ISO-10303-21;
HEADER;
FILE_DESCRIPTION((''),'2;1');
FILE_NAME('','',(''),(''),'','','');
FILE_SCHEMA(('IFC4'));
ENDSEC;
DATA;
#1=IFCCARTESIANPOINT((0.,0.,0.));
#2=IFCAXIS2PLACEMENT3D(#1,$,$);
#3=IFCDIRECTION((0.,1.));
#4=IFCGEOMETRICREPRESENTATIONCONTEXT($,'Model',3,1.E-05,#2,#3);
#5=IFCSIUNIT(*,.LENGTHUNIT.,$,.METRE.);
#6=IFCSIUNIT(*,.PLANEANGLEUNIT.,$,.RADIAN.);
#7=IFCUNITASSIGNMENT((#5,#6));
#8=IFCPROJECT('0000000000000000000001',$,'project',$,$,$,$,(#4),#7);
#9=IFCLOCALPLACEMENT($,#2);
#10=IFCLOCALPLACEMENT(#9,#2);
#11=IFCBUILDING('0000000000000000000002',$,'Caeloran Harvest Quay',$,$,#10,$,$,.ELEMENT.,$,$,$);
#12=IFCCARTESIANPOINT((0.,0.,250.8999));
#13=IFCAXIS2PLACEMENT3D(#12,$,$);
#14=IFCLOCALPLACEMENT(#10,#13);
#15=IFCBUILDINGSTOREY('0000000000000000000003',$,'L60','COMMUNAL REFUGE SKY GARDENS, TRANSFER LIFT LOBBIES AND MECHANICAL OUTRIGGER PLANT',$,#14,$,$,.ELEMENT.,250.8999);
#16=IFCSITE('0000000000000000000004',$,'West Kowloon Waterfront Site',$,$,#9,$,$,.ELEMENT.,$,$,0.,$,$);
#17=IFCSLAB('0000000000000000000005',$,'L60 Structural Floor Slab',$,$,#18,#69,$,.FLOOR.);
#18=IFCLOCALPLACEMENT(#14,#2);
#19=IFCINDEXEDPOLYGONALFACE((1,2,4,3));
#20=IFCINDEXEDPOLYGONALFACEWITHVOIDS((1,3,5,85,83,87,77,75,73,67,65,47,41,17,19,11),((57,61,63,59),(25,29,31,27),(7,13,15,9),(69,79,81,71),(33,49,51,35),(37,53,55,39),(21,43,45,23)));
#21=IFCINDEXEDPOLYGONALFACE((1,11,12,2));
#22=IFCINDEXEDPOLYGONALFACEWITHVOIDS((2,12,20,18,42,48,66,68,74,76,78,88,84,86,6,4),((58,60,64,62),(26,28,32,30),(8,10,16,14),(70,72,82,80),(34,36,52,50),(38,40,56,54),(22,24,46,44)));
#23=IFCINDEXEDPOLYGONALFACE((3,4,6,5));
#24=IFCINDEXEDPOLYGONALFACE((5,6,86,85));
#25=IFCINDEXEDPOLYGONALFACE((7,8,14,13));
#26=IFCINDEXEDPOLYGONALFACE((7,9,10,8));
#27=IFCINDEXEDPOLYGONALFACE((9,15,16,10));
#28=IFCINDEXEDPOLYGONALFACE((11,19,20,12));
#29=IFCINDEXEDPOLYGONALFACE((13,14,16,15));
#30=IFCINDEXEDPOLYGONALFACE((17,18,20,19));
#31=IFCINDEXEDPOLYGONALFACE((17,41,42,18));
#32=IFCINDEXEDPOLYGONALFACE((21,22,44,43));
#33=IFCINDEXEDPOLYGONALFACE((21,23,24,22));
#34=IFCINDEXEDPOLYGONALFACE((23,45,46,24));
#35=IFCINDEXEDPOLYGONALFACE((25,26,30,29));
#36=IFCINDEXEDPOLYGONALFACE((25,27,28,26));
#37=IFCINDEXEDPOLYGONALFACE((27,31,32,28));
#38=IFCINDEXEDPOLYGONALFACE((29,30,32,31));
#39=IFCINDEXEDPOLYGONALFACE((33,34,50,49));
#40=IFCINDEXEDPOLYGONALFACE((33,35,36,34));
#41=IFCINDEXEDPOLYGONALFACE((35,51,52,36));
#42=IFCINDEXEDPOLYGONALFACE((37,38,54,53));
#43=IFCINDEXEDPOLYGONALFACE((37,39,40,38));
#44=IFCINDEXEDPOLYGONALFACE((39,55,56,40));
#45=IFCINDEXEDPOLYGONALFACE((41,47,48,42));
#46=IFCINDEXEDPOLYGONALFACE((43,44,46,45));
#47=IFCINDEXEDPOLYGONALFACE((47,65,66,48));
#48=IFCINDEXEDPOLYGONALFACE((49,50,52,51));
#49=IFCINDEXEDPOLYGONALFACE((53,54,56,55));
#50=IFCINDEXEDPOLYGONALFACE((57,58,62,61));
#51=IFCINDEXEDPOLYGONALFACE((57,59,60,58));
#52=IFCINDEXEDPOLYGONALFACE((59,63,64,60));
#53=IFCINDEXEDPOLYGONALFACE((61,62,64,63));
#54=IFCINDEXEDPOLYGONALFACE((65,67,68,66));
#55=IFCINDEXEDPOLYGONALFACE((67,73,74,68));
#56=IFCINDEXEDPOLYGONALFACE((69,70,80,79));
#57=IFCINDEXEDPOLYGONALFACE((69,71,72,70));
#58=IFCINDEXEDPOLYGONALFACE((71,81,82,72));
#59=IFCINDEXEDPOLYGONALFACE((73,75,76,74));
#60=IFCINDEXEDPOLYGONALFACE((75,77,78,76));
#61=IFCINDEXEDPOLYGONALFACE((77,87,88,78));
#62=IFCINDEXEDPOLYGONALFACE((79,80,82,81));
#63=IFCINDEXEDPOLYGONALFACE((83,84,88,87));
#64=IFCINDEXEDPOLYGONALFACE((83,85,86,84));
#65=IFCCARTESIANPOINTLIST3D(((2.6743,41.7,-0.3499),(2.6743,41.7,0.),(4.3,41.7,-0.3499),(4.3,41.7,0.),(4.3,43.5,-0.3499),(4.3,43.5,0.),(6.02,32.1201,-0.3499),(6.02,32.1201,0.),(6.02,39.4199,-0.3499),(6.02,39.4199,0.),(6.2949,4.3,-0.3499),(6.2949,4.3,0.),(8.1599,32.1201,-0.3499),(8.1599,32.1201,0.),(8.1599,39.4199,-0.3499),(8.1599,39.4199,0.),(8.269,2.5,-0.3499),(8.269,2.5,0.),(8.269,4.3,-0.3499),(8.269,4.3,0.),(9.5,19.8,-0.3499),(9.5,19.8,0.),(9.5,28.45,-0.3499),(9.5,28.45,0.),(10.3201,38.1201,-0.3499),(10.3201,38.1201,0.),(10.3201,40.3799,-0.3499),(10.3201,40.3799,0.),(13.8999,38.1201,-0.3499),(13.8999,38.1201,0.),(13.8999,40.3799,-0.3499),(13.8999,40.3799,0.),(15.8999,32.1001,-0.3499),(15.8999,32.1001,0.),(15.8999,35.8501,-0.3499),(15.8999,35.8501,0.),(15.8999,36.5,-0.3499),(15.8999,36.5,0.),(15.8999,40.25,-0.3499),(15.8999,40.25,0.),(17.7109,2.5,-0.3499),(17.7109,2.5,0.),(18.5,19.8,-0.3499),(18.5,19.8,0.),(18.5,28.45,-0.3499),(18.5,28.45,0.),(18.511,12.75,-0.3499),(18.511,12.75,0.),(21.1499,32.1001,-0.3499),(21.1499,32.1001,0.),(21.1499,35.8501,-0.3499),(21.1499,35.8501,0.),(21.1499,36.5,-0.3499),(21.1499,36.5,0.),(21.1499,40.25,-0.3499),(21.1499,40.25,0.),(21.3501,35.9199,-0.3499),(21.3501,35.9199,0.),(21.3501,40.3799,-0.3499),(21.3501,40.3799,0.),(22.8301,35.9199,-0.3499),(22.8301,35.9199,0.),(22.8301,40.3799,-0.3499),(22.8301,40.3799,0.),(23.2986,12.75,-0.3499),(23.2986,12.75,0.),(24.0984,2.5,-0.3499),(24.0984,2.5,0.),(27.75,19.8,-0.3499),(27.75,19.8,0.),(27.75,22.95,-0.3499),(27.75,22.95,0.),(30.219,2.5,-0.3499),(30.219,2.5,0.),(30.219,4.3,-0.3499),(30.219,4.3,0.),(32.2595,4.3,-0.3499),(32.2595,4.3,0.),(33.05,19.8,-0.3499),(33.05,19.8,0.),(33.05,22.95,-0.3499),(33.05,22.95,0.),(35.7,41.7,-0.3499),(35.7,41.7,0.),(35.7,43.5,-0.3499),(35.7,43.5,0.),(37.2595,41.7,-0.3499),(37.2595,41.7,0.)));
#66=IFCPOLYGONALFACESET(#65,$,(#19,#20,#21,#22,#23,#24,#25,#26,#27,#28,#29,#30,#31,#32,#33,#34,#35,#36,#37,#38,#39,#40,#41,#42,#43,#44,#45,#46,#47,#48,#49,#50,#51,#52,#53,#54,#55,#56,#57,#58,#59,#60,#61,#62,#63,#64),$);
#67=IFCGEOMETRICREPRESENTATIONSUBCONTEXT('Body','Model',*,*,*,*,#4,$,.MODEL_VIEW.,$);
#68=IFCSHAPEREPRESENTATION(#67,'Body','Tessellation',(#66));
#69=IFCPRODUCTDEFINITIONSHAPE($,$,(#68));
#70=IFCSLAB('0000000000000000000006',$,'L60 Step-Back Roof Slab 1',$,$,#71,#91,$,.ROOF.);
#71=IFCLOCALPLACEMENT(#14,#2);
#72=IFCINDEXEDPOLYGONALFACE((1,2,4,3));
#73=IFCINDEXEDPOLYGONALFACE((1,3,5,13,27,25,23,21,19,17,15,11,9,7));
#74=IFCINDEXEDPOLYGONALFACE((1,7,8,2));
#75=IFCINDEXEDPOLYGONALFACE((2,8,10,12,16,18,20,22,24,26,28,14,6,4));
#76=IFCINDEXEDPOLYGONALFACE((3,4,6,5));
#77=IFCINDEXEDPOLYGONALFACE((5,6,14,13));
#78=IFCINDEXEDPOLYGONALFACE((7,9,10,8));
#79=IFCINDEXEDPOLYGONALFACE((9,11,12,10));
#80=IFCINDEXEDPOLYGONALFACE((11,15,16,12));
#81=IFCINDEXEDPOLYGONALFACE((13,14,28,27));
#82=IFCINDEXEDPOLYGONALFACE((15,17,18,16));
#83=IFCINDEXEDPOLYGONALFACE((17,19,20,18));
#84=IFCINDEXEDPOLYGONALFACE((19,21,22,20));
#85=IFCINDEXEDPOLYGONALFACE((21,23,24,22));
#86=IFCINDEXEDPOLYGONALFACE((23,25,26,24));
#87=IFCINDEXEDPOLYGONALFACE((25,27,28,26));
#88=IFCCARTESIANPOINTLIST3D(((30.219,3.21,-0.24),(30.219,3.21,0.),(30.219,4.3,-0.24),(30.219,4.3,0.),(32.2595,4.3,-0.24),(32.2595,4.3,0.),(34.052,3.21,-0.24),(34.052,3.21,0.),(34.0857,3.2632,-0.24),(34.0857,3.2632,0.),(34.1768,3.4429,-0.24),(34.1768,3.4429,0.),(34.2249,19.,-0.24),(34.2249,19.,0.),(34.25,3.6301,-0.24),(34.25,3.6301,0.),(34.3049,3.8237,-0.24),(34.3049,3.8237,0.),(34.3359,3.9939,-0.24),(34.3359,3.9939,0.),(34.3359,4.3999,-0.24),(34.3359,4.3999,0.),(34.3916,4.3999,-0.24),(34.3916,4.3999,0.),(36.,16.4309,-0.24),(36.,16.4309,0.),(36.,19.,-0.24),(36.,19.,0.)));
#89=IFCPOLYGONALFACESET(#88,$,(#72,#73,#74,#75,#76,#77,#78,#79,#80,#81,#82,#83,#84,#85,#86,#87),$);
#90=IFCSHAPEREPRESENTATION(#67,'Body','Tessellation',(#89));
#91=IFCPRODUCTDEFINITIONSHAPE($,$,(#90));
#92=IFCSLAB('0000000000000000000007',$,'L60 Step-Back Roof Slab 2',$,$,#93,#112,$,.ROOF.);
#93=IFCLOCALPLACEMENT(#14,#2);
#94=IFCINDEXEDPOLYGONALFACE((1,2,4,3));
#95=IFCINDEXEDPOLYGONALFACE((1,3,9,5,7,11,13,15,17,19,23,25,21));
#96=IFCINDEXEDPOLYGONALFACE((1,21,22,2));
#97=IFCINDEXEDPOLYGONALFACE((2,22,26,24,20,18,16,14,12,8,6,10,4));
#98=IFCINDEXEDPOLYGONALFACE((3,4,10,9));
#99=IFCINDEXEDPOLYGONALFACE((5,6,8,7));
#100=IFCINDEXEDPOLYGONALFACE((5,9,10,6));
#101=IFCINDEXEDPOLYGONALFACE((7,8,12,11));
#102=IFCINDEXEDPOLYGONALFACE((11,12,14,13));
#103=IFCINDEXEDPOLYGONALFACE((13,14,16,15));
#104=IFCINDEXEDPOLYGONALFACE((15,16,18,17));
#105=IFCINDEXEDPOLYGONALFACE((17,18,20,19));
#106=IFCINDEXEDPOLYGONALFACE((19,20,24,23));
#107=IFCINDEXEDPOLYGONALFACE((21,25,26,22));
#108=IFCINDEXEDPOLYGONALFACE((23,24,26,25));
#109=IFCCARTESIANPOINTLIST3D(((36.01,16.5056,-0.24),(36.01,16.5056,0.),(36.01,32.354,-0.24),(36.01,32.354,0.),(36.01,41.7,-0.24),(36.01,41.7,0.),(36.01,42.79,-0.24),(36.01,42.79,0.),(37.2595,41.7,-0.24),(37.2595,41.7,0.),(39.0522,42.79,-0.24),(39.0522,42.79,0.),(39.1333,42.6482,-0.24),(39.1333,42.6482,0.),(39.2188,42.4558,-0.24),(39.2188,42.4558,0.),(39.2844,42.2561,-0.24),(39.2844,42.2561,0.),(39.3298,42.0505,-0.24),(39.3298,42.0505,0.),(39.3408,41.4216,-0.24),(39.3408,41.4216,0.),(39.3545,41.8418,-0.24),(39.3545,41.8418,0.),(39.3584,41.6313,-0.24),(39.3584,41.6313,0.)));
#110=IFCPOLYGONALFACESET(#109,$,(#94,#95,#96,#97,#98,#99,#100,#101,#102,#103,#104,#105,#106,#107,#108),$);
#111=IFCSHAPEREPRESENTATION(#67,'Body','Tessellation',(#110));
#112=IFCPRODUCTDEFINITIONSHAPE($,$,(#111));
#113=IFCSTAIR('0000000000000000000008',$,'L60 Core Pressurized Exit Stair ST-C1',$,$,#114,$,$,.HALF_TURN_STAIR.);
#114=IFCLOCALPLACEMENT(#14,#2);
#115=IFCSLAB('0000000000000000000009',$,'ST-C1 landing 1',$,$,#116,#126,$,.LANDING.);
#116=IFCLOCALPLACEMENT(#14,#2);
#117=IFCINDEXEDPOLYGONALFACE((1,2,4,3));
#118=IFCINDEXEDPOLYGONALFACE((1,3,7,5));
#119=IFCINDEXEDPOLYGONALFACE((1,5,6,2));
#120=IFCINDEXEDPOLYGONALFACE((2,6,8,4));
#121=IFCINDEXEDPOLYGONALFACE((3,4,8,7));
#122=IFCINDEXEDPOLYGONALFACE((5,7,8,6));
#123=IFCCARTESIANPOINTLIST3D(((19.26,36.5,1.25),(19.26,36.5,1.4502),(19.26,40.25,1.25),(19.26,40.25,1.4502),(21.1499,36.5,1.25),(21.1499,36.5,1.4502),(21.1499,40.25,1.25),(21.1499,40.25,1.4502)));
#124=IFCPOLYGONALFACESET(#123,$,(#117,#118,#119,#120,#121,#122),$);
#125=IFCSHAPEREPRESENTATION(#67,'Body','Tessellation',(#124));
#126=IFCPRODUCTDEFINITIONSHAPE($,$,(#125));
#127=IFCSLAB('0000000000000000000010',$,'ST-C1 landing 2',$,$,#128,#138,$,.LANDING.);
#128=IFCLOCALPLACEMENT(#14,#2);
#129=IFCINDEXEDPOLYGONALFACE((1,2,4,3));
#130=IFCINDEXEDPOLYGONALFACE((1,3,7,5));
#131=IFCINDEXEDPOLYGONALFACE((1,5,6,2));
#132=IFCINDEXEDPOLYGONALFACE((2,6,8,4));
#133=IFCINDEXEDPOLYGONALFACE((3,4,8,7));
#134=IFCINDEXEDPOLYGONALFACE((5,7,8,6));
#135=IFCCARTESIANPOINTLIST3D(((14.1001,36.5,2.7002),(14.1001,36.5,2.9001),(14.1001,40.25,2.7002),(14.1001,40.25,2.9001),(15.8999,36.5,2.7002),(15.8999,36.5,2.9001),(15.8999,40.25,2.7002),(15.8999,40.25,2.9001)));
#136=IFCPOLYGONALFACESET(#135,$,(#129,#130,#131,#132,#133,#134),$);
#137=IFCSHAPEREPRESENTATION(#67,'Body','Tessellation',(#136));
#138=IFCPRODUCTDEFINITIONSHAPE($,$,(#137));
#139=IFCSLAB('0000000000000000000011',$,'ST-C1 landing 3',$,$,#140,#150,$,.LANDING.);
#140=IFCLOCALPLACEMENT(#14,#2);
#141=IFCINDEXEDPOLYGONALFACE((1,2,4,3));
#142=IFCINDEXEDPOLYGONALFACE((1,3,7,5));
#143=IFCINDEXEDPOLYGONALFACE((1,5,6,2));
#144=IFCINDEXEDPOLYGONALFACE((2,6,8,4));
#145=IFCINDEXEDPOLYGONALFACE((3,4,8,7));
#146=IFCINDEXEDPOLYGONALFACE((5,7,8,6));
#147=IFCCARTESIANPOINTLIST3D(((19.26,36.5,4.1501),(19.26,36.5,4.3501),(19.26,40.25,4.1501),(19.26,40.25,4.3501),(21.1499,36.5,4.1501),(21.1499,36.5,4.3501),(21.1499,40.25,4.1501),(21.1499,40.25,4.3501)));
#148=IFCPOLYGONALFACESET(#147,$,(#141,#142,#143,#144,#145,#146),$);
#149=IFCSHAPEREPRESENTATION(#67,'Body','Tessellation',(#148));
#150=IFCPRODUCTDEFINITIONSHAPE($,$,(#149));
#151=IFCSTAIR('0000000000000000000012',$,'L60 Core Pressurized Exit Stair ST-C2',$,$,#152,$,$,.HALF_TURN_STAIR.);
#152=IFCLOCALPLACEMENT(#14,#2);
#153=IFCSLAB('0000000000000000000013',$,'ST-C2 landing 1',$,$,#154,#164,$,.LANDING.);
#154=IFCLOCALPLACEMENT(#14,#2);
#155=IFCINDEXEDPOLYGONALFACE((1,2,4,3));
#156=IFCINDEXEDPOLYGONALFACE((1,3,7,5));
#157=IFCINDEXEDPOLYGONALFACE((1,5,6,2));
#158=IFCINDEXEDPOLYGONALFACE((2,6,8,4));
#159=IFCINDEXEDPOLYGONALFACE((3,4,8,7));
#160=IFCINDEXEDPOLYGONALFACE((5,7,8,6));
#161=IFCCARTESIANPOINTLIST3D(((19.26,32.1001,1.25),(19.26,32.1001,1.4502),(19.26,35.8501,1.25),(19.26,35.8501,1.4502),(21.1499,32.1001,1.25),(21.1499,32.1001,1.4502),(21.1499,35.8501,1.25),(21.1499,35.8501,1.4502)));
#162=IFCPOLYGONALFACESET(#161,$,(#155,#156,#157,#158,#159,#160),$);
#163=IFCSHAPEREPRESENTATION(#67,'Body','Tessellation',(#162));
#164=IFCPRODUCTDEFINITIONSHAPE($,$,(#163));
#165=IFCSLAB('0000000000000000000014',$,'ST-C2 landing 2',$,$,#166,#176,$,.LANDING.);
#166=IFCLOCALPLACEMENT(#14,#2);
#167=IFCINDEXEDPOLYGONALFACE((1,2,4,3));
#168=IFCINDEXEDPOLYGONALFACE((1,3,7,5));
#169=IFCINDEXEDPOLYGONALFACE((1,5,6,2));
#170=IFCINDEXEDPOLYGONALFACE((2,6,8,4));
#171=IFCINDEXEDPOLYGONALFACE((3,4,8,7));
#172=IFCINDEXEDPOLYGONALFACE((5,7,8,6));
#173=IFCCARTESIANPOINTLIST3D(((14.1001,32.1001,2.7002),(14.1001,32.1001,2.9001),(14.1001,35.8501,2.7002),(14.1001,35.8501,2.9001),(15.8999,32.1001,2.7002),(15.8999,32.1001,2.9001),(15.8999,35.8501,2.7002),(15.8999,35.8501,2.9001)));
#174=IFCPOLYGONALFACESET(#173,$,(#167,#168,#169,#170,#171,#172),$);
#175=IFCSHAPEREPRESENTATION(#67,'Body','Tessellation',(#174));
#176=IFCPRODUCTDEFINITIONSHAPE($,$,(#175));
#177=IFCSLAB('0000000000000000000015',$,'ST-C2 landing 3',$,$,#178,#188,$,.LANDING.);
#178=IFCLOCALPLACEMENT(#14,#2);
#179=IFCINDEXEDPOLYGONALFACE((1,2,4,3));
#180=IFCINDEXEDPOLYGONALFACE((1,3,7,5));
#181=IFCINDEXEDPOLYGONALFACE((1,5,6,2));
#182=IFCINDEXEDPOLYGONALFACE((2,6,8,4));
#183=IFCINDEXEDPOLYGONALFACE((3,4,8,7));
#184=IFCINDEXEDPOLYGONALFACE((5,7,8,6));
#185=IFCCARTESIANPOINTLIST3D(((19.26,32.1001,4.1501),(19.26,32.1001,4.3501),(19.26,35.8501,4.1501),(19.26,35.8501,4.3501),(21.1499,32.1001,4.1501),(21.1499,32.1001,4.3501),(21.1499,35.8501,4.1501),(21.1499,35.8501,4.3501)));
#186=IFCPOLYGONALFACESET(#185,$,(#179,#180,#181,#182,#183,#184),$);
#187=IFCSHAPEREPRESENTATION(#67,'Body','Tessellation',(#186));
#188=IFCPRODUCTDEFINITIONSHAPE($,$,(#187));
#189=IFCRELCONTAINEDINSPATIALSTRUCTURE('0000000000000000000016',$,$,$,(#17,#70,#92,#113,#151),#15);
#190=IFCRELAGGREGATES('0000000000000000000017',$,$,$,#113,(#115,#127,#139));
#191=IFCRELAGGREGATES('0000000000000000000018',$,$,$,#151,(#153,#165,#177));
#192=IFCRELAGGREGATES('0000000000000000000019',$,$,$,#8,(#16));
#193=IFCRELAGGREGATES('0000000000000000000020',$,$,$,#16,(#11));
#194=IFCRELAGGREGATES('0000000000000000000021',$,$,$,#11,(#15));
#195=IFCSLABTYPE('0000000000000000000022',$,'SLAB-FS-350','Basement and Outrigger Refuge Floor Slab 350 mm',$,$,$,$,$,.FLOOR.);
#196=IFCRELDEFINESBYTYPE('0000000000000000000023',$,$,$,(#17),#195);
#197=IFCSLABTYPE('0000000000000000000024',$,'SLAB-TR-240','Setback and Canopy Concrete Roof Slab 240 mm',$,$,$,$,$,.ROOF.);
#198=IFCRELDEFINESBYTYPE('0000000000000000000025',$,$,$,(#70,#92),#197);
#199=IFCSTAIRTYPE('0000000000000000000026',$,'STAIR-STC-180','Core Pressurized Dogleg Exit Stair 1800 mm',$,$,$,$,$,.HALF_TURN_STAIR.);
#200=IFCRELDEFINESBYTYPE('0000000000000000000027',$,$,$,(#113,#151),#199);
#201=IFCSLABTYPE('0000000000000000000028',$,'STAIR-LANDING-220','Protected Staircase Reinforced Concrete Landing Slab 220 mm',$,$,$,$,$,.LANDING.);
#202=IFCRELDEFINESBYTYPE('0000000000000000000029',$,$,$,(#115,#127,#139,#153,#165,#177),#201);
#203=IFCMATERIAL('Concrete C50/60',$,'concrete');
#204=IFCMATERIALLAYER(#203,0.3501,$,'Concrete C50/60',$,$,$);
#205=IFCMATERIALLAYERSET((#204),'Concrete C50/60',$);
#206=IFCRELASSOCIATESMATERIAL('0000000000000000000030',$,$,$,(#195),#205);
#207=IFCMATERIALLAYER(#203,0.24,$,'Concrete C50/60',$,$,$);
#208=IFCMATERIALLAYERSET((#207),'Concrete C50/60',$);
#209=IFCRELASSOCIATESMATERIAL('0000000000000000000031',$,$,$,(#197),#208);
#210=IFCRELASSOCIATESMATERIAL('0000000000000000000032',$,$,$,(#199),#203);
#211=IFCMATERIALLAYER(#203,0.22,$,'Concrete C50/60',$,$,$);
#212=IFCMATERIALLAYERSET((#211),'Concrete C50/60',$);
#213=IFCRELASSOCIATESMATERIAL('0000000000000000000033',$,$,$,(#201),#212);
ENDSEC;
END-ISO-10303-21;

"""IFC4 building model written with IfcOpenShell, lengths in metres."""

from ifc_helpers import new_model, si_unit, direction, frame, origin, place, context, subcontext, project, spatial, polyline, outline, extrude, material, layer, layer_set, type_object, element, aggregate, save


model = new_model("IFC4")

# Units and contexts
model_context = context("Model", 3, precision=1e-05, world=origin(), true_north=direction((0.0, 1.0)))
body_context = subcontext(model_context, "Body", "Model", "MODEL_VIEW")
ifc_project = project(units=[si_unit("LENGTHUNIT", "METRE"), si_unit("PLANEANGLEUNIT", "RADIAN")], contexts=[model_context])

# Site, building, storey
site_placement = place(None, origin())
site = spatial("IfcSite", under=ifc_project, at=site_placement, Name="West Kowloon Waterfront Site", CompositionType="ELEMENT", RefElevation=0.0)
building_placement = place(site_placement, origin())
building = spatial("IfcBuilding", under=site, at=building_placement, Name="Caeloran Harvest Quay", CompositionType="ELEMENT")
storey_placement = place(building_placement, frame((0.0, 0.0, 250.8999)))
storey = spatial("IfcBuildingStorey", under=building, at=storey_placement, Name="L60", Description="COMMUNAL REFUGE SKY GARDENS, TRANSFER LIFT LOBBIES AND MECHANICAL OUTRIGGER PLANT", CompositionType="ELEMENT", Elevation=250.8999)

# Slabs
ifc_material_1 = material(Name="Concrete C50/60", Category="concrete")
ifc_layer_1 = layer(ifc_material_1, 0.3501, Name="Concrete C50/60")
ifc_layer_set_1 = layer_set([ifc_layer_1], Name="Concrete C50/60")
slab_type_1 = type_object("IfcSlabType", Name="SLAB-FS-350", Description="Basement and Outrigger Refuge Floor Slab 350 mm", PredefinedType="FLOOR", material=ifc_layer_set_1)
slab_1_placement = place(storey_placement, frame((0.0, 0.0, -0.3499)))
element("IfcSlab", 1, at=slab_1_placement, inside=storey, type_object=slab_type_1, Name="L60 Structural Floor Slab", PredefinedType="FLOOR", context=body_context, shape_type="SweptSolid", body=[
    extrude(outline(polyline([(8.269, 2.5), (17.7109, 2.5), (18.511, 12.75), (23.2986, 12.75), (24.0984, 2.5), (30.219, 2.5), (30.219, 4.3), (32.2595, 4.3), (37.2595, 41.7), (35.7, 41.7), (35.7, 43.5), (4.3, 43.5), (4.3, 41.7), (2.6743, 41.7), (6.2949, 4.3), (8.269, 4.3), (8.269, 2.5)]), holes=[polyline([(33.05, 19.8), (27.75, 19.8), (27.75, 22.95), (33.05, 22.95), (33.05, 19.8)]), polyline([(18.5, 19.8), (9.5, 19.8), (9.5, 28.45), (18.5, 28.45), (18.5, 19.8)]), polyline([(15.8999, 32.1001), (15.8999, 35.8501), (21.1499, 35.8501), (21.1499, 32.1001), (15.8999, 32.1001)]), polyline([(8.1599, 32.1201), (6.02, 32.1201), (6.02, 39.4199), (8.1599, 39.4199), (8.1599, 32.1201)]), polyline([(22.8301, 35.9199), (21.3501, 35.9199), (21.3501, 40.3799), (22.8301, 40.3799), (22.8301, 35.9199)]), polyline([(15.8999, 36.5), (15.8999, 40.25), (21.1499, 40.25), (21.1499, 36.5), (15.8999, 36.5)]), polyline([(13.8999, 38.1201), (10.3201, 38.1201), (10.3201, 40.3799), (13.8999, 40.3799), (13.8999, 38.1201)])]), origin(), (0.0, 0.0, 1.0), 0.3499),
])
ifc_layer_2 = layer(ifc_material_1, 0.24, Name="Concrete C50/60")
ifc_layer_set_2 = layer_set([ifc_layer_2], Name="Concrete C50/60")
slab_type_2 = type_object("IfcSlabType", Name="SLAB-TR-240", Description="Setback and Canopy Concrete Roof Slab 240 mm", PredefinedType="ROOF", material=ifc_layer_set_2)
slab_2_placement = place(storey_placement, frame((0.0, 0.0, -0.24)))
element("IfcSlab", 2, at=slab_2_placement, inside=storey, type_object=slab_type_2, Name="L60 Step-Back Roof Slab 1", PredefinedType="ROOF", context=body_context, shape_type="SweptSolid", body=[
    extrude(outline(polyline([(34.3916, 4.3999), (34.3359, 4.3999), (34.3359, 3.9939), (34.3049, 3.8237), (34.25, 3.6301), (34.1768, 3.4429), (34.0857, 3.2632), (34.052, 3.21), (30.219, 3.21), (30.219, 4.3), (32.2595, 4.3), (34.2249, 19.0), (36.0, 19.0), (36.0, 16.4309), (34.3916, 4.3999)])), origin(), (0.0, 0.0, 1.0), 0.24),
])
slab_3_placement = place(storey_placement, frame((0.0, 0.0, -0.24)))
element("IfcSlab", 3, at=slab_3_placement, inside=storey, type_object=slab_type_2, Name="L60 Step-Back Roof Slab 2", PredefinedType="ROOF", context=body_context, shape_type="SweptSolid", body=[
    extrude(outline(polyline([(39.3298, 42.0505), (39.3545, 41.8418), (39.3584, 41.6313), (39.3408, 41.4216), (36.01, 16.5056), (36.01, 32.354), (37.2595, 41.7), (36.01, 41.7), (36.01, 42.79), (39.0522, 42.79), (39.1333, 42.6482), (39.2188, 42.4558), (39.2844, 42.2561), (39.3298, 42.0505)])), origin(), (0.0, 0.0, 1.0), 0.24),
])

# Stairs, slabs
stair_type = type_object("IfcStairType", Name="STAIR-STC-180", Description="Core Pressurized Dogleg Exit Stair 1800 mm", PredefinedType="HALF_TURN_STAIR", material=ifc_material_1)
stair_1_placement = place(storey_placement, origin())
stair_1 = element("IfcStair", 4, at=stair_1_placement, inside=storey, type_object=stair_type, Name="L60 Core Pressurized Exit Stair ST-C1", PredefinedType="HALF_TURN_STAIR")
ifc_layer_3 = layer(ifc_material_1, 0.22, Name="Concrete C50/60")
ifc_layer_set_3 = layer_set([ifc_layer_3], Name="Concrete C50/60")
slab_type_3 = type_object("IfcSlabType", Name="STAIR-LANDING-220", Description="Protected Staircase Reinforced Concrete Landing Slab 220 mm", PredefinedType="LANDING", material=ifc_layer_set_3)
slab_4_placement = place(storey_placement, frame((0.0, 0.0, 1.25)))
slab_4 = element("IfcSlab", 5, at=slab_4_placement, type_object=slab_type_3, Name="ST-C1 landing 1", PredefinedType="LANDING", context=body_context, shape_type="SweptSolid", body=[
    extrude(outline(polyline([(19.26, 36.5), (21.1499, 36.5), (21.1499, 40.25), (19.26, 40.25), (19.26, 36.5)])), origin(), (0.0, 0.0, 1.0), 0.2002),
])
slab_5_placement = place(storey_placement, frame((0.0, 0.0, 2.7002)))
slab_5 = element("IfcSlab", 6, at=slab_5_placement, type_object=slab_type_3, Name="ST-C1 landing 2", PredefinedType="LANDING", context=body_context, shape_type="SweptSolid", body=[
    extrude(outline(polyline([(14.1001, 36.5), (15.8999, 36.5), (15.8999, 40.25), (14.1001, 40.25), (14.1001, 36.5)])), origin(), (0.0, 0.0, 1.0), 0.2),
])
slab_6_placement = place(storey_placement, frame((0.0, 0.0, 4.1501)))
slab_6 = element("IfcSlab", 7, at=slab_6_placement, type_object=slab_type_3, Name="ST-C1 landing 3", PredefinedType="LANDING", context=body_context, shape_type="SweptSolid", body=[
    extrude(outline(polyline([(19.26, 36.5), (21.1499, 36.5), (21.1499, 40.25), (19.26, 40.25), (19.26, 36.5)])), origin(), (0.0, 0.0, 1.0), 0.2),
])
aggregate(stair_1, [slab_4, slab_5, slab_6])
stair_2_placement = place(storey_placement, origin())
stair_2 = element("IfcStair", 8, at=stair_2_placement, inside=storey, type_object=stair_type, Name="L60 Core Pressurized Exit Stair ST-C2", PredefinedType="HALF_TURN_STAIR")
slab_7_placement = place(storey_placement, frame((0.0, 0.0, 1.25)))
slab_7 = element("IfcSlab", 9, at=slab_7_placement, type_object=slab_type_3, Name="ST-C2 landing 1", PredefinedType="LANDING", context=body_context, shape_type="SweptSolid", body=[
    extrude(outline(polyline([(19.26, 32.1001), (21.1499, 32.1001), (21.1499, 35.8501), (19.26, 35.8501), (19.26, 32.1001)])), origin(), (0.0, 0.0, 1.0), 0.2002),
])
slab_8_placement = place(storey_placement, frame((0.0, 0.0, 2.7002)))
slab_8 = element("IfcSlab", 10, at=slab_8_placement, type_object=slab_type_3, Name="ST-C2 landing 2", PredefinedType="LANDING", context=body_context, shape_type="SweptSolid", body=[
    extrude(outline(polyline([(14.1001, 32.1001), (15.8999, 32.1001), (15.8999, 35.8501), (14.1001, 35.8501), (14.1001, 32.1001)])), origin(), (0.0, 0.0, 1.0), 0.2),
])
slab_9_placement = place(storey_placement, frame((0.0, 0.0, 4.1501)))
slab_9 = element("IfcSlab", 11, at=slab_9_placement, type_object=slab_type_3, Name="ST-C2 landing 3", PredefinedType="LANDING", context=body_context, shape_type="SweptSolid", body=[
    extrude(outline(polyline([(19.26, 32.1001), (21.1499, 32.1001), (21.1499, 35.8501), (19.26, 35.8501), (19.26, 32.1001)])), origin(), (0.0, 0.0, 1.0), 0.2),
])
aggregate(stair_2, [slab_7, slab_8, slab_9])

save(model, "model.ifc")
